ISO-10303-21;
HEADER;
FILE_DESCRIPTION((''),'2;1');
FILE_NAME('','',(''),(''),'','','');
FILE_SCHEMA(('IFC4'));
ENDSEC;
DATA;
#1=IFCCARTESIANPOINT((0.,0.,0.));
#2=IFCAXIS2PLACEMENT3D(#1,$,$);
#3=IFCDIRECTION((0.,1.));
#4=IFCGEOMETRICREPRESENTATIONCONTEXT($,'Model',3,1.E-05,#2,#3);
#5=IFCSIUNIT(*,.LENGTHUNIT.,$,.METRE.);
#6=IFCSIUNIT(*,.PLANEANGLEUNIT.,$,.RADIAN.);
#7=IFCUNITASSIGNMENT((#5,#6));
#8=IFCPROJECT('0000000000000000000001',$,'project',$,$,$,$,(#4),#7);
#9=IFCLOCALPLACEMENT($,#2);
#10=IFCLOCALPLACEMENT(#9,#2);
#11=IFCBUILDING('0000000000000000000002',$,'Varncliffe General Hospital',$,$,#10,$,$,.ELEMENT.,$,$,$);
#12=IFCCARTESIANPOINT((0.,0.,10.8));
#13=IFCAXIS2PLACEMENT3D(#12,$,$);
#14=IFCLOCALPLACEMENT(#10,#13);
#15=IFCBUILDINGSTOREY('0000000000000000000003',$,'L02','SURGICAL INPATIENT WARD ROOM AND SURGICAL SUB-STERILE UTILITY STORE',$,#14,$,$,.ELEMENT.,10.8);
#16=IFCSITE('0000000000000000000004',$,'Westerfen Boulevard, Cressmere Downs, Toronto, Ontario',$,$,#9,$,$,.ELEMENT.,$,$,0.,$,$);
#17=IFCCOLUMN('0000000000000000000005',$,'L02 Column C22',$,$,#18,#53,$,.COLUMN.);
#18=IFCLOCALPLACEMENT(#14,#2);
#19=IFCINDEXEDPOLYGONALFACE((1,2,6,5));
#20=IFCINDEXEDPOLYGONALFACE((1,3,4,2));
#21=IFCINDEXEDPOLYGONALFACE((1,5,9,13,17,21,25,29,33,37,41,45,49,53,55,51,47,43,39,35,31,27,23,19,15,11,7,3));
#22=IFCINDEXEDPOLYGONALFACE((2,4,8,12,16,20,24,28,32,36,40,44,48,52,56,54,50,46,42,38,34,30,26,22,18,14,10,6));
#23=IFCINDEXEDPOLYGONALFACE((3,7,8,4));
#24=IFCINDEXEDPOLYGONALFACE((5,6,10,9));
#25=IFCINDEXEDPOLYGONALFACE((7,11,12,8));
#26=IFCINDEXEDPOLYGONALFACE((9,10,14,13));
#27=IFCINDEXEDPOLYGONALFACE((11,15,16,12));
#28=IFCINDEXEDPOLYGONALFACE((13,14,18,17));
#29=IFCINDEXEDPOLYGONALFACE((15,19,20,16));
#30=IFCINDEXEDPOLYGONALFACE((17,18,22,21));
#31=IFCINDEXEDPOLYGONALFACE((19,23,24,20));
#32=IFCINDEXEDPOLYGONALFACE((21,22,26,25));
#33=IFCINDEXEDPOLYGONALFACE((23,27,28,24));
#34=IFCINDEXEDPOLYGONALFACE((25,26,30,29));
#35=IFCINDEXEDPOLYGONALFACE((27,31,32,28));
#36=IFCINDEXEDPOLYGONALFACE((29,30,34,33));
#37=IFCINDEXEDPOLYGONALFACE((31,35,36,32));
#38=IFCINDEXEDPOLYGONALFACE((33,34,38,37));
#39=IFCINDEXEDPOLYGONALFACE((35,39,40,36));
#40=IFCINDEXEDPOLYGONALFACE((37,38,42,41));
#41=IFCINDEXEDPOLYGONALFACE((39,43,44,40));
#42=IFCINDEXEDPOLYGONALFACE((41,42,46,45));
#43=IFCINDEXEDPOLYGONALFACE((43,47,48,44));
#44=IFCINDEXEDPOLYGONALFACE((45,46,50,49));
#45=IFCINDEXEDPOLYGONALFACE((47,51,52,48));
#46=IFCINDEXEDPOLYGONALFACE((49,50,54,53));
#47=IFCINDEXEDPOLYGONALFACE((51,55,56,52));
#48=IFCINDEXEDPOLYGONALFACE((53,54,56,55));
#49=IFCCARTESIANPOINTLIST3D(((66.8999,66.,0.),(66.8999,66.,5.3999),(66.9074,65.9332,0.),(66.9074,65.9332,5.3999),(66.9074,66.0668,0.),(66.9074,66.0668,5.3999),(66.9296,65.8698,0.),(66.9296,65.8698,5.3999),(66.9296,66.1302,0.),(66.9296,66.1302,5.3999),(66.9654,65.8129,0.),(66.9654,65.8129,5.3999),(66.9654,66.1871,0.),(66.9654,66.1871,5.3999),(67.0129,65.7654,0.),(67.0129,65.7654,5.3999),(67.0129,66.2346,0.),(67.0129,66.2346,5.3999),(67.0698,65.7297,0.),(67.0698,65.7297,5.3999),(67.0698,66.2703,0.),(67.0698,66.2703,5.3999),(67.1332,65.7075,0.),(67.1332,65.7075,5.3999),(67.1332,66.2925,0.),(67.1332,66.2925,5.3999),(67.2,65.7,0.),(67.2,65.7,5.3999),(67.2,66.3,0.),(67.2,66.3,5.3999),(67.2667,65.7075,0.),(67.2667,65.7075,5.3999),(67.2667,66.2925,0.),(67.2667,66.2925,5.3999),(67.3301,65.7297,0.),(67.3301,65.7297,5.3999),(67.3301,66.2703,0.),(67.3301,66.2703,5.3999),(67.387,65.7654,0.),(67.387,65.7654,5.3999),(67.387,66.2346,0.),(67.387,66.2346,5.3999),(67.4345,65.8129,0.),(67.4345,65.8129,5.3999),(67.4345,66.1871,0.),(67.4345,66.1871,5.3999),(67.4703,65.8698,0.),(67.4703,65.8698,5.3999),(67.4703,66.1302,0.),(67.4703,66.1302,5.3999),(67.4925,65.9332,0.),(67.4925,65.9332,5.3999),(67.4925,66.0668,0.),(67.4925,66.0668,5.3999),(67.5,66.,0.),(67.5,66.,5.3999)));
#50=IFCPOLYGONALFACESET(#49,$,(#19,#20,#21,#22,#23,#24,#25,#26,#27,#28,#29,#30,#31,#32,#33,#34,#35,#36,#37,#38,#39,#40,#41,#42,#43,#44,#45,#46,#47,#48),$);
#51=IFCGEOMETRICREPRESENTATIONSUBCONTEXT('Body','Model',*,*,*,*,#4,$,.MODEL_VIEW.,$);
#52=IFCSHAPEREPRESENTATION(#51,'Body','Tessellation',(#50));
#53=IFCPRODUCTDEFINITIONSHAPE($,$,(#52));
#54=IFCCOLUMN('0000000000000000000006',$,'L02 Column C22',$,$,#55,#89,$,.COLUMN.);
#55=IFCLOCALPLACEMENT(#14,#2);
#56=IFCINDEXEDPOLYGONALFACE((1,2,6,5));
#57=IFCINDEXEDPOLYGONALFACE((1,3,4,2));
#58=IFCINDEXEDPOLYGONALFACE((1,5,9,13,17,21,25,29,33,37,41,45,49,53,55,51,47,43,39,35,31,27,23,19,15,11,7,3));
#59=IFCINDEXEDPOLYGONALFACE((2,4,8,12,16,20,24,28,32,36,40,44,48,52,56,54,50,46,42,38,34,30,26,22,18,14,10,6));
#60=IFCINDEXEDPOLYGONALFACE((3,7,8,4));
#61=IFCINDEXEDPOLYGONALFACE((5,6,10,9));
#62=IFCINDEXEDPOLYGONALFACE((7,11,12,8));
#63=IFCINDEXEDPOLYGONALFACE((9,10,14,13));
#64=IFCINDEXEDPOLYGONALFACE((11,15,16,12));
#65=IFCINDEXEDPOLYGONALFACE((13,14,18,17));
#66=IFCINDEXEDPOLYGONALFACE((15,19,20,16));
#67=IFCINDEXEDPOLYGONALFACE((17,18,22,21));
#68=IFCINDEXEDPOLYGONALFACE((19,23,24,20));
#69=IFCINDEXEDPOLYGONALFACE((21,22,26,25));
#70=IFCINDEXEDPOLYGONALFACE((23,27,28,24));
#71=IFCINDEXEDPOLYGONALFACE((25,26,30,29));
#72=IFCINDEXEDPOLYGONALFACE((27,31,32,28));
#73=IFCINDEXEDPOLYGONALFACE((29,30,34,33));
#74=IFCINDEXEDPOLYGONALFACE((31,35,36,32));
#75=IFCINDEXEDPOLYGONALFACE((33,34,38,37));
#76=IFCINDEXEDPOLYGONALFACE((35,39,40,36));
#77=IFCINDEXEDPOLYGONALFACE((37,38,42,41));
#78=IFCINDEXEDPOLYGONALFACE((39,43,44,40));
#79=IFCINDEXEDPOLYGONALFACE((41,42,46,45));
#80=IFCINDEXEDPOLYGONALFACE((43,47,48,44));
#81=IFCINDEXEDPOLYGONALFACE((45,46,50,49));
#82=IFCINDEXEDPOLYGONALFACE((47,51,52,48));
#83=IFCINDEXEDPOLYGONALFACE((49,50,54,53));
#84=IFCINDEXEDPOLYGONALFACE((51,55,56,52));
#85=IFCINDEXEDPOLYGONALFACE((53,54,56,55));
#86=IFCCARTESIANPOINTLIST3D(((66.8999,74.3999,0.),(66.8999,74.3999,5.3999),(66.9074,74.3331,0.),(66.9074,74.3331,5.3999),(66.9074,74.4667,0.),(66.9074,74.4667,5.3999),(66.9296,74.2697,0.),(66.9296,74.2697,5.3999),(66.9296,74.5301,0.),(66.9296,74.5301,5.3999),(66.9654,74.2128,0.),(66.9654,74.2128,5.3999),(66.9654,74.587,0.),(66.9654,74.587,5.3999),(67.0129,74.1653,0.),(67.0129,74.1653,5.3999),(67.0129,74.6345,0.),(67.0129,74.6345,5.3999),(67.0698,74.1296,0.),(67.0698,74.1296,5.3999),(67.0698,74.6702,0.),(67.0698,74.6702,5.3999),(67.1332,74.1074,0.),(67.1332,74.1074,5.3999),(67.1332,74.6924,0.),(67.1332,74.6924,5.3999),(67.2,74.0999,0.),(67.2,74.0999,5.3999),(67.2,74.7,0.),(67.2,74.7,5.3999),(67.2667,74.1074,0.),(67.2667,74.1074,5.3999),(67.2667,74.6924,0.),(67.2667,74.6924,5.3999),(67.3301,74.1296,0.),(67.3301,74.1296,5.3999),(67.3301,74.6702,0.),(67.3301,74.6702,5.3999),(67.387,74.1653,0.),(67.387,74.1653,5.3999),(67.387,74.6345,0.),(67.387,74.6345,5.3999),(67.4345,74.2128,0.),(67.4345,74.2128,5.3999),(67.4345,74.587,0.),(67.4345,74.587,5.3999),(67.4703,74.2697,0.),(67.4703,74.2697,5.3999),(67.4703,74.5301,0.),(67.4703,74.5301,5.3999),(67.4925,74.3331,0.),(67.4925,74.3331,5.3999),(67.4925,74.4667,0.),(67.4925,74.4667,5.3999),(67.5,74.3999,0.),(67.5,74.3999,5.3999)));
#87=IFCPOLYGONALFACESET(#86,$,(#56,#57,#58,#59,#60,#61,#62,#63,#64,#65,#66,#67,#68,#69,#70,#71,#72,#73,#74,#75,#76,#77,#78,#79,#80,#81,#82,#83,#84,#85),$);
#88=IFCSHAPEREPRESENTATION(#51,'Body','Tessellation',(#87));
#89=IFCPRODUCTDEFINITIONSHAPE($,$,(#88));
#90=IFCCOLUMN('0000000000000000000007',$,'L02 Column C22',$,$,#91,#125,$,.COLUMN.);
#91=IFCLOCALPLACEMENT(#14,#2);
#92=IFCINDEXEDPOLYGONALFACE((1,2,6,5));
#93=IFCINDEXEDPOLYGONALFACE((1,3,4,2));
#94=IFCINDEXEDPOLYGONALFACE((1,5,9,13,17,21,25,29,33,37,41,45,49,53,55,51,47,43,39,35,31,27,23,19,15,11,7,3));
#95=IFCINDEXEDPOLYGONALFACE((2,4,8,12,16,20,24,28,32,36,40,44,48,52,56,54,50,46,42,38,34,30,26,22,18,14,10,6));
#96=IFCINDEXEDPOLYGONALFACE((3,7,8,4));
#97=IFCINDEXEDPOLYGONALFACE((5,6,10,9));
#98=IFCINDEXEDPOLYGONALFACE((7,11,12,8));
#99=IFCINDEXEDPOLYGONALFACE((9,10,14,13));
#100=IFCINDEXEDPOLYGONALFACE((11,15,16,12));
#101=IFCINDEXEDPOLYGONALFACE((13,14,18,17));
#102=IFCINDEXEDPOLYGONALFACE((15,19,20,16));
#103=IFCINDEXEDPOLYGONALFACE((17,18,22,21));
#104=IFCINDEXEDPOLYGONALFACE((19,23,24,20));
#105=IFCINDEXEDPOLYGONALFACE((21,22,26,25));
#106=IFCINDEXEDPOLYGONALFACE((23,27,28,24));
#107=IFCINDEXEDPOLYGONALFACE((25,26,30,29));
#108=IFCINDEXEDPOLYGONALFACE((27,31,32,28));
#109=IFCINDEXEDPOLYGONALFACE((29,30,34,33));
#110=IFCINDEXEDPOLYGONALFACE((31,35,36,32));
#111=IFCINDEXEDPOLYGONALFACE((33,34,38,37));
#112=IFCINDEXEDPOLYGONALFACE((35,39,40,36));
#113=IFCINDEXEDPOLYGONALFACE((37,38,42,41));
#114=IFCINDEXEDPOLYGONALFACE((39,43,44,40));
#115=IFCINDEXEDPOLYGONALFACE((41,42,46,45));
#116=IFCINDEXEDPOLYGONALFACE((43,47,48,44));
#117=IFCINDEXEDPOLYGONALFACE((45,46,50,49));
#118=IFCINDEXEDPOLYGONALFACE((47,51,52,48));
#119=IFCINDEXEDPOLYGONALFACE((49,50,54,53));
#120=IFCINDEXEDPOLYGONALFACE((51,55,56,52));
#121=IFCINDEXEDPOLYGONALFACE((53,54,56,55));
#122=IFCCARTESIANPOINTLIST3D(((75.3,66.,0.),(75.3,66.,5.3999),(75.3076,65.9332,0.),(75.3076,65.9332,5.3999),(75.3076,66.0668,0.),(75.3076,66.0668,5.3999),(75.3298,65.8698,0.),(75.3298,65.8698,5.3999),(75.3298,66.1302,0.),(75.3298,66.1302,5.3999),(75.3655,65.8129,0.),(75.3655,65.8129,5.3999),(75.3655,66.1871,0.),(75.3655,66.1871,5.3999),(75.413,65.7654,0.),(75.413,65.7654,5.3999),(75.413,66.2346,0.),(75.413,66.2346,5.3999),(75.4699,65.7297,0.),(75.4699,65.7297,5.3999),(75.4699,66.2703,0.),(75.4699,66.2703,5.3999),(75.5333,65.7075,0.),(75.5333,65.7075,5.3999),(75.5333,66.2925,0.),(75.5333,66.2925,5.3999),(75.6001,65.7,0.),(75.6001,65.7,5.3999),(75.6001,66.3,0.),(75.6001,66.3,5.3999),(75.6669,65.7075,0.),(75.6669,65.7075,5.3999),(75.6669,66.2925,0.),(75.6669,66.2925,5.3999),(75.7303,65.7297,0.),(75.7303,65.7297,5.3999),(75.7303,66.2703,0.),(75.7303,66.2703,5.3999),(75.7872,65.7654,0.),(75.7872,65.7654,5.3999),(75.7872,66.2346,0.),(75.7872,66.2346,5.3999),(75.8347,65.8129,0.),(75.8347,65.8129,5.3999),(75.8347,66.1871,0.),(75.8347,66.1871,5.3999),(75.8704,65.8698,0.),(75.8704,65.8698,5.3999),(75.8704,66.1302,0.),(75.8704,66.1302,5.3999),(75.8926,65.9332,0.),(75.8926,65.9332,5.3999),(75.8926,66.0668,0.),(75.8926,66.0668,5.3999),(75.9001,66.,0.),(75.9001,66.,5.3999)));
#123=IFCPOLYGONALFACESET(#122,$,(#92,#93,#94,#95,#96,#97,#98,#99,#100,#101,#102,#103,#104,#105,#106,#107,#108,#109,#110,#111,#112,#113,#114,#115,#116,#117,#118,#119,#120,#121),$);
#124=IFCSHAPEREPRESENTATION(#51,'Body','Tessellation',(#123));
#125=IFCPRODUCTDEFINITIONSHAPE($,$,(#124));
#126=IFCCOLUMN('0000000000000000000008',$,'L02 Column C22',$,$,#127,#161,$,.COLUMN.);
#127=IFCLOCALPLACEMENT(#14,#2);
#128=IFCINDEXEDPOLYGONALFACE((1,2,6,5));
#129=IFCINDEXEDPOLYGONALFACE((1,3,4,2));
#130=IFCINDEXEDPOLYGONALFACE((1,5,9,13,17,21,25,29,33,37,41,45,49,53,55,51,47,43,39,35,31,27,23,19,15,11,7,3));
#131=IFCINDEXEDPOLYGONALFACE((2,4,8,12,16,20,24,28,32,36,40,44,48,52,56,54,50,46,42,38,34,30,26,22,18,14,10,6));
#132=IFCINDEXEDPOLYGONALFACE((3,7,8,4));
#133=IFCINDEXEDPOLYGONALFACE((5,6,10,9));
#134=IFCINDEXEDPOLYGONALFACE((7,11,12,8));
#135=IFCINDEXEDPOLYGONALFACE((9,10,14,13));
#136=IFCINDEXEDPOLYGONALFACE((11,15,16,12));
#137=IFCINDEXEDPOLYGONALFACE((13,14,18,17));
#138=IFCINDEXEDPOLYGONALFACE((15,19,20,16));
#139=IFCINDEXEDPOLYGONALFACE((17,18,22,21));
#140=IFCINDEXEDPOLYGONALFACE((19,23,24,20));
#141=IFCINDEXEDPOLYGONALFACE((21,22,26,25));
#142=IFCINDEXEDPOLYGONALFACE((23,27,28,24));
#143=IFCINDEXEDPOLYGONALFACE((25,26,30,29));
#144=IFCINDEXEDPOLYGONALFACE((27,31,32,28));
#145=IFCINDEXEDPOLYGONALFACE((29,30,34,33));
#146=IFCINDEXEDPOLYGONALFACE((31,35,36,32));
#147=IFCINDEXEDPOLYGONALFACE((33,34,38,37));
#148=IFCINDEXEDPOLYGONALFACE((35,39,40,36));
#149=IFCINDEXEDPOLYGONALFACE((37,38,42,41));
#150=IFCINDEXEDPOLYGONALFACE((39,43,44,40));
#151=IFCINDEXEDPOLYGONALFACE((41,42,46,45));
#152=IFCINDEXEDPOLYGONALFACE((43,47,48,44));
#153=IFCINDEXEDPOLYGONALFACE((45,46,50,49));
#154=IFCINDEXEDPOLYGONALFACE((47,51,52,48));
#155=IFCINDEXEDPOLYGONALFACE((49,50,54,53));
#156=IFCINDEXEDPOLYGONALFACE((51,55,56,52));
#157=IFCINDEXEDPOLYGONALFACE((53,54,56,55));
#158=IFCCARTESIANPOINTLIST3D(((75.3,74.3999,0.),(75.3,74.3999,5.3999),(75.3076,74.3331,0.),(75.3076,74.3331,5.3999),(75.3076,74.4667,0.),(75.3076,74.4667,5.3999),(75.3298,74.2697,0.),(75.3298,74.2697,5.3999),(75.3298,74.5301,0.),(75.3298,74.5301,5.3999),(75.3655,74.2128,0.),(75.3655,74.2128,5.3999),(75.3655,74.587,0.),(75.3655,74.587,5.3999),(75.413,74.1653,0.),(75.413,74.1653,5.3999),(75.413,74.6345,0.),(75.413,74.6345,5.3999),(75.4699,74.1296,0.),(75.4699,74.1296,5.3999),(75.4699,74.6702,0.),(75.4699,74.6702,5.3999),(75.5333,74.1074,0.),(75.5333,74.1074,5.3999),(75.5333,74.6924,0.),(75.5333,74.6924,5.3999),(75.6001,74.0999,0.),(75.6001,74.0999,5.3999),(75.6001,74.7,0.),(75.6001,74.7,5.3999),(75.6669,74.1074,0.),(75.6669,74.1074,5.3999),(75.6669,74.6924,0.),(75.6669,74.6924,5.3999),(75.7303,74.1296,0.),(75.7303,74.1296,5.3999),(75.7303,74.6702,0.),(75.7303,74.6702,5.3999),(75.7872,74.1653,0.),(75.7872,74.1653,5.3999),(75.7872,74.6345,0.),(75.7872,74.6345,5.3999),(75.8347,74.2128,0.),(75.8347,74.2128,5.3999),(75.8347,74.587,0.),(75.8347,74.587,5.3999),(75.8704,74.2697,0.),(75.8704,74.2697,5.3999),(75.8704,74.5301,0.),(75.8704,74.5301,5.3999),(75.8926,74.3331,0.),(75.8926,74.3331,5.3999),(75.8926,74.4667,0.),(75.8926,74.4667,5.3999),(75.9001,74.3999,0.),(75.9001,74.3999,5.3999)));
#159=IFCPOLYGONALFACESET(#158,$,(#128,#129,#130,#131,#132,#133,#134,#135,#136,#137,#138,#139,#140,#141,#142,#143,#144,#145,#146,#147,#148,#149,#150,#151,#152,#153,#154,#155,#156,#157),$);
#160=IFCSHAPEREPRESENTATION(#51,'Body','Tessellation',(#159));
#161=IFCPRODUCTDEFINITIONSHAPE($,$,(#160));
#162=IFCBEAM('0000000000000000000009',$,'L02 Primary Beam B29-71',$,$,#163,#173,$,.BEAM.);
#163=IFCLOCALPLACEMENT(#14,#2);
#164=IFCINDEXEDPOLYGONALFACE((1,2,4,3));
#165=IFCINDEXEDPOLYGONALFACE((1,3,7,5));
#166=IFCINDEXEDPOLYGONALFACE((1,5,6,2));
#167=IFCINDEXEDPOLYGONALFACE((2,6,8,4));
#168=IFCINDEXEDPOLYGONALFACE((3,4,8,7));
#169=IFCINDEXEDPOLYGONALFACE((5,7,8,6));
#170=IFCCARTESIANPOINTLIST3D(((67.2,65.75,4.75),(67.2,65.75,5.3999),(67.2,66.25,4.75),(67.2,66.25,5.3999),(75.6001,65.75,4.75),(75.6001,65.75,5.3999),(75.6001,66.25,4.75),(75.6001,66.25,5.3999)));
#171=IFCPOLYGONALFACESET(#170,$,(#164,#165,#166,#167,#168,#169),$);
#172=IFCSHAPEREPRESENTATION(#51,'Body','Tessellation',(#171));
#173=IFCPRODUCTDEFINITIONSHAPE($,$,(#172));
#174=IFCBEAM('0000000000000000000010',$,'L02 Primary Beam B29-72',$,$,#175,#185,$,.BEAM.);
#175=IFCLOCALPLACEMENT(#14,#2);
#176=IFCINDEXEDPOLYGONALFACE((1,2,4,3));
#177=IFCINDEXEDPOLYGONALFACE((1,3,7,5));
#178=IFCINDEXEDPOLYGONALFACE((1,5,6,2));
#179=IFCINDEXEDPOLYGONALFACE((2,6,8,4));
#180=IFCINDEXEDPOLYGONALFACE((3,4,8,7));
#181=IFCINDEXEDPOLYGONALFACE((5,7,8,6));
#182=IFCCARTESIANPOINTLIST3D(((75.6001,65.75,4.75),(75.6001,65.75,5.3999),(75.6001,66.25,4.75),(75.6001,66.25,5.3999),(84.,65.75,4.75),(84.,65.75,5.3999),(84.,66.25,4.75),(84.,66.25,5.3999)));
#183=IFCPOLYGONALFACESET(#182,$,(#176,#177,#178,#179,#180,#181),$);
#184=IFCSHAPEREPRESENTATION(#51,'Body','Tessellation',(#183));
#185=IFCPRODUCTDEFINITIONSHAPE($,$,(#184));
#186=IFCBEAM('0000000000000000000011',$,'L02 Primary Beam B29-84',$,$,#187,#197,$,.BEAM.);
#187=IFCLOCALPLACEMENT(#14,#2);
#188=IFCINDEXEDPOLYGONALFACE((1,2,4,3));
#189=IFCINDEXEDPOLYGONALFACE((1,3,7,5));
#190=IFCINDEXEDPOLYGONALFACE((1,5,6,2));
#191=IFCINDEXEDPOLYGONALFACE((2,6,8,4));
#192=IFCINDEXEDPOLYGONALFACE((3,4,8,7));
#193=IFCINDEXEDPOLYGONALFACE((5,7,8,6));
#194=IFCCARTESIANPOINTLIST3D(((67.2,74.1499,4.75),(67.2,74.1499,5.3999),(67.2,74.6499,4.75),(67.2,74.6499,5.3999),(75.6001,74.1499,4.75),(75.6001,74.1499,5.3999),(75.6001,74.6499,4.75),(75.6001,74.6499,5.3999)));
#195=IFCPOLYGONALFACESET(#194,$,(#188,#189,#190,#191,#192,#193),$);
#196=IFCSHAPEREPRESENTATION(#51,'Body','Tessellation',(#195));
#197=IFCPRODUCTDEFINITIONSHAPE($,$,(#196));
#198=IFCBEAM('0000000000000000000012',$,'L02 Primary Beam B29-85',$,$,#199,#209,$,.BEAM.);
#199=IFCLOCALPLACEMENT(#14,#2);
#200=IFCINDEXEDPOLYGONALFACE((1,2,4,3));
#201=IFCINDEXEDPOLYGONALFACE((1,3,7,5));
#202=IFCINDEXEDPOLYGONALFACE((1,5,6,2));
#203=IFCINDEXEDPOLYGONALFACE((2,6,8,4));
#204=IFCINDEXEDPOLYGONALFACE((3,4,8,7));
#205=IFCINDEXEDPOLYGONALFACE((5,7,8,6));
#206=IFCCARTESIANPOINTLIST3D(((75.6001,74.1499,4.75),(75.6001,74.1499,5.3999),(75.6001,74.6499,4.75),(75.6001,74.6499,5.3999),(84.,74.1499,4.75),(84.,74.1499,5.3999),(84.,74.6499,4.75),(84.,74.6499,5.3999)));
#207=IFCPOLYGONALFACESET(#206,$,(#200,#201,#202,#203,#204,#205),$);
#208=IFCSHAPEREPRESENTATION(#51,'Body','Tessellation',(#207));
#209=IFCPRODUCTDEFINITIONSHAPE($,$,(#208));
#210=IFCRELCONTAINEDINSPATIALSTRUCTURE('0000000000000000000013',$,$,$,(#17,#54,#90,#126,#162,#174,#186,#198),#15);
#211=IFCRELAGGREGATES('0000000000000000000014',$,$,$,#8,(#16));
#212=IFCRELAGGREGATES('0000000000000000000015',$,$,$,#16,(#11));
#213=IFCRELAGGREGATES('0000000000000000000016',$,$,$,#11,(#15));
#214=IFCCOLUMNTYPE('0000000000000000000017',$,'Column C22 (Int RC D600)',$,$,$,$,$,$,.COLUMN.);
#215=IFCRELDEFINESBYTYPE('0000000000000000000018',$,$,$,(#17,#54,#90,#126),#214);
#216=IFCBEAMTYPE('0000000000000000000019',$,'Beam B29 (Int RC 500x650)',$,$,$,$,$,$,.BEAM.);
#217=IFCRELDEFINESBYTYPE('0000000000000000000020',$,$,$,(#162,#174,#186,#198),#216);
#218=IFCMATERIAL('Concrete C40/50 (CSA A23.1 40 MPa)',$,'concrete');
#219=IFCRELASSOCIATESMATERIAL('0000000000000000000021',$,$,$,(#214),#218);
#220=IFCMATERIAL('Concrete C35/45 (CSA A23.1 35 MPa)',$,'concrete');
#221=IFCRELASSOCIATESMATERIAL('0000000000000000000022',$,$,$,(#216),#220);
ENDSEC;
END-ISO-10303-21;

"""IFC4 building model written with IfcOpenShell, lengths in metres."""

from ifc_helpers import new_model, si_unit, direction, frame, origin, origin_2d, place, context, subcontext, project, spatial, rectangle, circle, extrude, material, material_profile, profile_set, type_object, element, save


model = new_model("IFC4")

# Units and contexts
model_context = context("Model", 3, precision=1e-05, world=origin(), true_north=direction((0.0, 1.0)))
body_context = subcontext(model_context, "Body", "Model", "MODEL_VIEW")
ifc_project = project(units=[si_unit("LENGTHUNIT", "METRE"), si_unit("PLANEANGLEUNIT", "RADIAN")], contexts=[model_context])

# Site, building, storey
site_placement = place(None, origin())
site = spatial("IfcSite", under=ifc_project, at=site_placement, Name="Westerfen Boulevard, Cressmere Downs, Toronto, Ontario", CompositionType="ELEMENT", RefElevation=0.0)
building_placement = place(site_placement, origin())
building = spatial("IfcBuilding", under=site, at=building_placement, Name="Varncliffe General Hospital", CompositionType="ELEMENT")
storey_placement = place(building_placement, frame((0.0, 0.0, 10.8)))
storey = spatial("IfcBuildingStorey", under=building, at=storey_placement, Name="L02", Description="SURGICAL INPATIENT WARD ROOM AND SURGICAL SUB-STERILE UTILITY STORE", CompositionType="ELEMENT", Elevation=10.8)

# Columns
ifc_material_1 = material(Name="Concrete C40/50 (CSA A23.1 40 MPa)", Category="concrete")
ifc_material_profile_1 = material_profile(ifc_material_1, circle(Radius=0.3, at=origin_2d()), Name="RC D600")
ifc_profile_set_1 = profile_set([ifc_material_profile_1], Name="Concrete C40/50 (CSA A23.1 40 MPa)")
column_type = type_object("IfcColumnType", Name="Column C22 (Int RC D600)", PredefinedType="COLUMN", material=ifc_profile_set_1)
for number, where, z_axis, x_axis, name in (
    (1, (67.2, 66.0, 0.0), (0.0, 0.0, 1.0), (1.0, 0.0, 0.0), "L02 Column C22"),
    (2, (67.2, 74.3999, 0.0), (0.0, 0.0, 1.0), (1.0, 0.0, 0.0), "L02 Column C22"),
    (3, (75.6001, 66.0, 0.0), (0.0, 0.0, 1.0), (1.0, 0.0, 0.0), "L02 Column C22"),
    (4, (75.6001, 74.3999, 0.0), (0.0, 0.0, 1.0), (1.0, 0.0, 0.0), "L02 Column C22"),
):
    element("IfcColumn", number, at=place(storey_placement, frame(where, z_axis=z_axis, x_axis=x_axis)), inside=storey, type_object=column_type, Name=name, PredefinedType="COLUMN", context=body_context, shape_type="SweptSolid", body=[
        extrude(circle(Radius=0.3, at=origin_2d()), origin(), (0.0, 0.0, 1.0), 5.3999),
    ])

# Beams
ifc_material_2 = material(Name="Concrete C35/45 (CSA A23.1 35 MPa)", Category="concrete")
ifc_material_profile_2 = material_profile(ifc_material_2, rectangle(XDim=0.5, YDim=0.6499, at=origin_2d()), Name="RC 500x650")
ifc_profile_set_2 = profile_set([ifc_material_profile_2], Name="Concrete C35/45 (CSA A23.1 35 MPa)")
beam_type_1 = type_object("IfcBeamType", Name="Beam B29 (Int RC 500x650)", PredefinedType="BEAM", material=ifc_profile_set_2)
beam_1_placement = place(storey_placement, frame((67.2, 66.0, 5.075), z_axis=(1.0, 0.0, 0.0), x_axis=(0.0, 1.0, 0.0)))
element("IfcBeam", 5, at=beam_1_placement, inside=storey, type_object=beam_type_1, Name="L02 Primary Beam B29-71", PredefinedType="BEAM", context=body_context, shape_type="SweptSolid", body=[
    extrude(rectangle(XDim=0.5, YDim=0.6499, at=origin_2d()), origin(), (0.0, 0.0, 1.0), 8.4001),
])
beam_2_placement = place(storey_placement, frame((75.6001, 66.0, 5.075), z_axis=(1.0, 0.0, 0.0), x_axis=(0.0, 1.0, 0.0)))
element("IfcBeam", 6, at=beam_2_placement, inside=storey, type_object=beam_type_1, Name="L02 Primary Beam B29-72", PredefinedType="BEAM", context=body_context, shape_type="SweptSolid", body=[
    extrude(rectangle(XDim=0.5, YDim=0.6499, at=origin_2d()), origin(), (0.0, 0.0, 1.0), 8.3999),
])
beam_3_placement = place(storey_placement, frame((67.2, 74.3999, 5.075), z_axis=(1.0, 0.0, 0.0), x_axis=(0.0, 1.0, 0.0)))
element("IfcBeam", 7, at=beam_3_placement, inside=storey, type_object=beam_type_1, Name="L02 Primary Beam B29-84", PredefinedType="BEAM", context=body_context, shape_type="SweptSolid", body=[
    extrude(rectangle(XDim=0.5, YDim=0.6499, at=origin_2d()), origin(), (0.0, 0.0, 1.0), 8.4001),
])
for number, where, z_axis, x_axis, name in (
    (8, (75.6001, 74.3999, 5.075), (1.0, 0.0, 0.0), (0.0, 1.0, 0.0), "L02 Primary Beam B29-85"),
):
    element("IfcBeam", number, at=place(storey_placement, frame(where, z_axis=z_axis, x_axis=x_axis)), inside=storey, type_object=beam_type_1, Name=name, PredefinedType="BEAM", context=body_context, shape_type="SweptSolid", body=[
        extrude(rectangle(XDim=0.5, YDim=0.6499, at=origin_2d()), origin(), (0.0, 0.0, 1.0), 8.3999),
    ])

save(model, "model.ifc")
